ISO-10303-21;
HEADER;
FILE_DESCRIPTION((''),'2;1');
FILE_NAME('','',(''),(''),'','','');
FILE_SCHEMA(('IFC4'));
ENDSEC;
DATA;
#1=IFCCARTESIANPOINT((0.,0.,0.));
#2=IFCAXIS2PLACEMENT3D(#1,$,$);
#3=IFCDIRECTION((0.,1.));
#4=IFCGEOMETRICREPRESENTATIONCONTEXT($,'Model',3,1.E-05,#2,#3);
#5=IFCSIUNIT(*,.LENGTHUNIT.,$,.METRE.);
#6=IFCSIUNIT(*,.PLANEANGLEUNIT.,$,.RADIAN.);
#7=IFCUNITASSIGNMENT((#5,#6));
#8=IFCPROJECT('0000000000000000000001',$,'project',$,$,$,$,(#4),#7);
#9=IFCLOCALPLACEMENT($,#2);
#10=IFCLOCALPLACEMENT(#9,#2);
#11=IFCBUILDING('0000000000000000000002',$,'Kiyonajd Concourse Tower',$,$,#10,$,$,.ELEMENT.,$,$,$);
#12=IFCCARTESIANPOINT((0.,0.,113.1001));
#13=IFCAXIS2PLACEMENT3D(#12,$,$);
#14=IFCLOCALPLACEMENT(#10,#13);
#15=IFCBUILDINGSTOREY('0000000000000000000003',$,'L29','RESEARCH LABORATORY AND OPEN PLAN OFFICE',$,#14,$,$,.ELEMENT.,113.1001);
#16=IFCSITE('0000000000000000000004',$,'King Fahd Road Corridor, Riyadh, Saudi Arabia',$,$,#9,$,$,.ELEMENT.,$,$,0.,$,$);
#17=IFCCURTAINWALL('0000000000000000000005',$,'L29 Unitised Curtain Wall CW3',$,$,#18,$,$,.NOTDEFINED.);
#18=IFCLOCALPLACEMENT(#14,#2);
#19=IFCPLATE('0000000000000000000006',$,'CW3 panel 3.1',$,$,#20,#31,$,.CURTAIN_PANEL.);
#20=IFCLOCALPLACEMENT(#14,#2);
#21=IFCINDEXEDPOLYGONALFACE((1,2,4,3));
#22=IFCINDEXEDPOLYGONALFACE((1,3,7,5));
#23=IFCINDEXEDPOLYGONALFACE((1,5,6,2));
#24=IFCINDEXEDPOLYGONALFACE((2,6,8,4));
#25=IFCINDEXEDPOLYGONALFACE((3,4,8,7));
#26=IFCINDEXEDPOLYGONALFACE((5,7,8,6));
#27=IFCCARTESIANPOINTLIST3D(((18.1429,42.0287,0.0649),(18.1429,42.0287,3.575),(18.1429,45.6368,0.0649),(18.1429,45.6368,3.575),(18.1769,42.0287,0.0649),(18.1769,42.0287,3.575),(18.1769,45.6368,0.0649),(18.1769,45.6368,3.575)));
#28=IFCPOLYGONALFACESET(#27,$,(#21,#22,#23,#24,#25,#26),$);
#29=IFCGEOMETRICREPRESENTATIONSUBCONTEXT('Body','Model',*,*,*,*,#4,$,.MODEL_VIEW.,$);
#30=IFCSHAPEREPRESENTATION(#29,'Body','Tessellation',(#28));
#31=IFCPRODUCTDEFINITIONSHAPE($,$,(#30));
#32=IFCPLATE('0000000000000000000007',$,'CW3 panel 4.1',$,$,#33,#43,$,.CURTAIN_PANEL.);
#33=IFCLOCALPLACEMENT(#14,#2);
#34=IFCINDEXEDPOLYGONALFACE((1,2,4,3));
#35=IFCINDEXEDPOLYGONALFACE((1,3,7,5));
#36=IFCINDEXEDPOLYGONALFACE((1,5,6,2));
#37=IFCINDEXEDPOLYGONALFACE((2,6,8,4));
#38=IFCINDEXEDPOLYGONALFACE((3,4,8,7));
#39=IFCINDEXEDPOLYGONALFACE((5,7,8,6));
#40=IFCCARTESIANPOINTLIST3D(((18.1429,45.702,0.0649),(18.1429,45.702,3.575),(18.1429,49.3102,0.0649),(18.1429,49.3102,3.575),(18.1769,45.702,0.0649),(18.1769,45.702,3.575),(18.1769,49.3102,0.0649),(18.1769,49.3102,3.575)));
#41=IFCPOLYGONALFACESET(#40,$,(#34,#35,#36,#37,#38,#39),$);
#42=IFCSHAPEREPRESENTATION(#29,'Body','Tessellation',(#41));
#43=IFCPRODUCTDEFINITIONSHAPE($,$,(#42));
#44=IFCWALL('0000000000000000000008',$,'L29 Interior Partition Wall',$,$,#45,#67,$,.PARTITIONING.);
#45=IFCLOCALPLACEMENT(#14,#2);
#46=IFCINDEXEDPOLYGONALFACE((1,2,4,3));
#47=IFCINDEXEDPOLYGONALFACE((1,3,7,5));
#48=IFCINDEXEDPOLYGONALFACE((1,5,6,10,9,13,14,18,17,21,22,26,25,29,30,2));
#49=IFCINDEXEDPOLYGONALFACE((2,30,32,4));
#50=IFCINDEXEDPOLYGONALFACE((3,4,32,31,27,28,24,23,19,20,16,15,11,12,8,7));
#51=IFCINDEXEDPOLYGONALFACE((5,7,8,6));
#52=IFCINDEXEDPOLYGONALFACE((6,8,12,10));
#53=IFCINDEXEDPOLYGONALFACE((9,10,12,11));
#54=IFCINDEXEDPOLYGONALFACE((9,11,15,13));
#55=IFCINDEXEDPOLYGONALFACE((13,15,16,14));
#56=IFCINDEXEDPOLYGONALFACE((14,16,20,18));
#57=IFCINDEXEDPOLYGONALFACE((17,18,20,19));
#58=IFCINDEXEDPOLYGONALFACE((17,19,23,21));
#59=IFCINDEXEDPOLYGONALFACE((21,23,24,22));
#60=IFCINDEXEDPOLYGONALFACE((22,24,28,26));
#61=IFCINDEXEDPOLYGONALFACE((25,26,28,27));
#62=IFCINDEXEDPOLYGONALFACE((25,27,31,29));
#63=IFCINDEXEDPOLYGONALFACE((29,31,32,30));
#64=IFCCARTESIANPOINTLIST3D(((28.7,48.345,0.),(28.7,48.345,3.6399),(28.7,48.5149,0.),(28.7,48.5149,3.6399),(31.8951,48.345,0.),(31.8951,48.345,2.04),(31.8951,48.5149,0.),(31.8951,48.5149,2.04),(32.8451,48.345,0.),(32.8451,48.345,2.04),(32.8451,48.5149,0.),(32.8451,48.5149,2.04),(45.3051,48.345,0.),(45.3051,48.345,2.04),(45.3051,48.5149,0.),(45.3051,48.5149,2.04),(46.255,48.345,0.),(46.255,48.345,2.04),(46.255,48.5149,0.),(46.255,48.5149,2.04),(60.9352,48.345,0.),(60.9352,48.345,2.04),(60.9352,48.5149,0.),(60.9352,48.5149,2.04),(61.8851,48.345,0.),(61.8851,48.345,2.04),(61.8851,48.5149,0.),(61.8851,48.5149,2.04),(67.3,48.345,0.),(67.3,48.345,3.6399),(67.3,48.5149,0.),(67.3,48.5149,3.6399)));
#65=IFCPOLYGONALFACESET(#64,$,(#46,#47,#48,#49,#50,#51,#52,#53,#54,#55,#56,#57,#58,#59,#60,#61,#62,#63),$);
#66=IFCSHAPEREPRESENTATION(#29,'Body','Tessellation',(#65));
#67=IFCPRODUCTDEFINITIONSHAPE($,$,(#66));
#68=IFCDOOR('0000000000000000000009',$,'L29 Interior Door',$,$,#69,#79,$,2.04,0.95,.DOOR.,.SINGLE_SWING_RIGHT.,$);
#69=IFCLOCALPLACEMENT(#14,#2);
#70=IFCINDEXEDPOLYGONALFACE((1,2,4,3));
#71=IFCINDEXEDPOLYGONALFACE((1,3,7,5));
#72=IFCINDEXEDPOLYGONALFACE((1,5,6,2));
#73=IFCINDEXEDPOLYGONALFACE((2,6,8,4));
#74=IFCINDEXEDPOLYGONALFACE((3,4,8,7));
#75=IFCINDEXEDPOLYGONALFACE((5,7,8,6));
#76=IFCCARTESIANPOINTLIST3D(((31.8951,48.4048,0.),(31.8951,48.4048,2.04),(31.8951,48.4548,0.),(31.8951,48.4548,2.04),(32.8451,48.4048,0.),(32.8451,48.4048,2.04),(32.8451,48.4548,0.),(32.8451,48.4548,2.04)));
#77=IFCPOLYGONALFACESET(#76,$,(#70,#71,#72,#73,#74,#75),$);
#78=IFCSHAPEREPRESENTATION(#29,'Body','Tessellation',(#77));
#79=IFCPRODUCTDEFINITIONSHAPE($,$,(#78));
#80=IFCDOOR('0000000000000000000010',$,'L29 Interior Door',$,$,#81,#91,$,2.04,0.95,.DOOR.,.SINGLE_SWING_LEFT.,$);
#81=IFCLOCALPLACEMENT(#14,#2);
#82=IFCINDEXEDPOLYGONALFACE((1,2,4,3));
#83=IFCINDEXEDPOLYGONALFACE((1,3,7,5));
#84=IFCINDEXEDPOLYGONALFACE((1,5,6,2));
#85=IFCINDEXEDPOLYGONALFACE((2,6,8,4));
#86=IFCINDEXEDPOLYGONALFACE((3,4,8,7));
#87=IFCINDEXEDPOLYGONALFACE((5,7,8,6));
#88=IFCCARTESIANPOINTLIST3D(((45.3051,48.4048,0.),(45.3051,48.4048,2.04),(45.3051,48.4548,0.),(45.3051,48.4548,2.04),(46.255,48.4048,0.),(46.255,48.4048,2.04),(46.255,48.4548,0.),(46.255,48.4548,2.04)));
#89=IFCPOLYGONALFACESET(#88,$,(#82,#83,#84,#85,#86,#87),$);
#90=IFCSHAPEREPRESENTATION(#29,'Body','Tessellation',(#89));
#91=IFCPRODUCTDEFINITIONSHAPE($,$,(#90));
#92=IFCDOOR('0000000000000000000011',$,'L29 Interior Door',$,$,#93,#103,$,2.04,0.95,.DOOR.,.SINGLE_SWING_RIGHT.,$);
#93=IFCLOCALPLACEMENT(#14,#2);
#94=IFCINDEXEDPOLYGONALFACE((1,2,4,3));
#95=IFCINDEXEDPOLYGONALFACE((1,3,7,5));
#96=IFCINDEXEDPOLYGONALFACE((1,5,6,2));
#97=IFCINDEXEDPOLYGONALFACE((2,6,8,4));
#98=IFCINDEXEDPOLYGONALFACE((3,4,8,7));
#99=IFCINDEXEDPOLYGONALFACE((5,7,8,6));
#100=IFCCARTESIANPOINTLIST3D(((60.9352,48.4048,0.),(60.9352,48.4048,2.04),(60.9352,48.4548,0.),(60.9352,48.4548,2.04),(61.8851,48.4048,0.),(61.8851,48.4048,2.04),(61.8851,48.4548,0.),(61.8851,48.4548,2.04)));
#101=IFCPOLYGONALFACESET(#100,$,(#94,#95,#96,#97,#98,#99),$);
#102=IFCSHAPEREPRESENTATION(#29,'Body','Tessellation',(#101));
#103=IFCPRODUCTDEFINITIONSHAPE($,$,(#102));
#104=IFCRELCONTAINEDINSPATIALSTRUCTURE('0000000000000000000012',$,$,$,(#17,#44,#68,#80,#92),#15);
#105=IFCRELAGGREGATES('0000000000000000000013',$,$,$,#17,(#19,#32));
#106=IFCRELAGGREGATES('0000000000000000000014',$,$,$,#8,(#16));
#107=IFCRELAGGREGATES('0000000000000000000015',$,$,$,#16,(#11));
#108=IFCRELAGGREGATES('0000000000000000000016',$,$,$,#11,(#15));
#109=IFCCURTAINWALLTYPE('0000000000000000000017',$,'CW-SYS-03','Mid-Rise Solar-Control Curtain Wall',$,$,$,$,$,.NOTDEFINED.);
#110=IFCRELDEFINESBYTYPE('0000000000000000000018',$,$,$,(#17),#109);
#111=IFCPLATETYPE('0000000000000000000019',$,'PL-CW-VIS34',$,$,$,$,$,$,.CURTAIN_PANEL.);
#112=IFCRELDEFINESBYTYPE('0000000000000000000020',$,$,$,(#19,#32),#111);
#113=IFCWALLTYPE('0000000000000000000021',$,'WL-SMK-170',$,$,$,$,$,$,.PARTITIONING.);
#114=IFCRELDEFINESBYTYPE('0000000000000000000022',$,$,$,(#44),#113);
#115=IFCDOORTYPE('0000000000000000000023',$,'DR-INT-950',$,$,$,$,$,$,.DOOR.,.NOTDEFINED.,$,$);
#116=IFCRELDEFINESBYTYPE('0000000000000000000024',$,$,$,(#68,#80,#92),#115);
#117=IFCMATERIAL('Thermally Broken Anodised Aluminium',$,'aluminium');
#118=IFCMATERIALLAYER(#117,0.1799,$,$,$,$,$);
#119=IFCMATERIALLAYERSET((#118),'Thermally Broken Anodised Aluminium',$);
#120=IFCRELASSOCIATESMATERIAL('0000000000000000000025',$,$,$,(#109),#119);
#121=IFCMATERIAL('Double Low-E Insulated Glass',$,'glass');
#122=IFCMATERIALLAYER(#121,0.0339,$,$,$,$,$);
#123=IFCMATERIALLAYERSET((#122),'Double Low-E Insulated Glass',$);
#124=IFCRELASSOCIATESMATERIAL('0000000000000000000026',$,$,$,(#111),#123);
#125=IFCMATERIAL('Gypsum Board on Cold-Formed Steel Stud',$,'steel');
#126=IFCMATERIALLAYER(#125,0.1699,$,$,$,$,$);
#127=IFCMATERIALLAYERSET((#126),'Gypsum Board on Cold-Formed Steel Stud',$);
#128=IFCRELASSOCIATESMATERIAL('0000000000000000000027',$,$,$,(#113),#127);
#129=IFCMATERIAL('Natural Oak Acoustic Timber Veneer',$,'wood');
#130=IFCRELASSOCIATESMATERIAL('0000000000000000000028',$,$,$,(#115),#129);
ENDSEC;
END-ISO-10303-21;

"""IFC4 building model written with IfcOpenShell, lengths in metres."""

from ifc_helpers import new_model, si_unit, direction, frame, frame_2d, origin, origin_2d, place, context, subcontext, project, spatial, rectangle, extrude, material, layer, layer_set, type_object, element, fill, aggregate, save


model = new_model("IFC4")

# Units and contexts
model_context = context("Model", 3, precision=1e-05, world=origin(), true_north=direction((0.0, 1.0)))
body_context = subcontext(model_context, "Body", "Model", "MODEL_VIEW")
ifc_project = project(units=[si_unit("LENGTHUNIT", "METRE"), si_unit("PLANEANGLEUNIT", "RADIAN")], contexts=[model_context])

# Site, building, storey
site_placement = place(None, origin())
site = spatial("IfcSite", under=ifc_project, at=site_placement, Name="King Fahd Road Corridor, Riyadh, Saudi Arabia", CompositionType="ELEMENT", RefElevation=0.0)
building_placement = place(site_placement, origin())
building = spatial("IfcBuilding", under=site, at=building_placement, Name="Kiyonajd Concourse Tower", CompositionType="ELEMENT")
storey_placement = place(building_placement, frame((0.0, 0.0, 113.1001)))
storey = spatial("IfcBuildingStorey", under=building, at=storey_placement, Name="L29", Description="RESEARCH LABORATORY AND OPEN PLAN OFFICE", CompositionType="ELEMENT", Elevation=113.1001)

# Curtain wall, plates
ifc_material_1 = material(Name="Thermally Broken Anodised Aluminium", Category="aluminium")
ifc_layer_1 = layer(ifc_material_1, 0.1799)
ifc_layer_set_1 = layer_set([ifc_layer_1], Name="Thermally Broken Anodised Aluminium")
curtain_wall_type = type_object("IfcCurtainWallType", Name="CW-SYS-03", Description="Mid-Rise Solar-Control Curtain Wall", PredefinedType="NOTDEFINED", material=ifc_layer_set_1)
curtain_wall_placement = place(storey_placement, origin())
curtain_wall = element("IfcCurtainWall", 1, at=curtain_wall_placement, inside=storey, type_object=curtain_wall_type, Name="L29 Unitised Curtain Wall CW3", PredefinedType="NOTDEFINED")
ifc_material_2 = material(Name="Double Low-E Insulated Glass", Category="glass")
ifc_layer_2 = layer(ifc_material_2, 0.0339)
ifc_layer_set_2 = layer_set([ifc_layer_2], Name="Double Low-E Insulated Glass")
plate_type = type_object("IfcPlateType", Name="PL-CW-VIS34", PredefinedType="CURTAIN_PANEL", material=ifc_layer_set_2)
plate_1_placement = place(storey_placement, frame((18.1599, 43.8328, 0.0649), z_axis=(0.0, 0.0, 1.0), x_axis=(0.0, 1.0, 0.0)))
plate_1 = element("IfcPlate", 2, at=plate_1_placement, type_object=plate_type, Name="CW3 panel 3.1", PredefinedType="CURTAIN_PANEL", context=body_context, shape_type="SweptSolid", body=[
    extrude(rectangle(XDim=3.6082, YDim=0.0339, at=origin_2d()), origin(), (0.0, 0.0, 1.0), 3.51),
])
plate_2_placement = place(storey_placement, frame((18.1599, 47.5061, 0.0649), z_axis=(0.0, 0.0, 1.0), x_axis=(0.0, 1.0, 0.0)))
plate_2 = element("IfcPlate", 3, at=plate_2_placement, type_object=plate_type, Name="CW3 panel 4.1", PredefinedType="CURTAIN_PANEL", context=body_context, shape_type="SweptSolid", body=[
    extrude(rectangle(XDim=3.6082, YDim=0.0339, at=origin_2d()), origin(), (0.0, 0.0, 1.0), 3.51),
])
aggregate(curtain_wall, [plate_1, plate_2])

# Wall, openings, doors
ifc_material_3 = material(Name="Gypsum Board on Cold-Formed Steel Stud", Category="steel")
ifc_layer_3 = layer(ifc_material_3, 0.1699)
ifc_layer_set_3 = layer_set([ifc_layer_3], Name="Gypsum Board on Cold-Formed Steel Stud")
wall_type = type_object("IfcWallType", Name="WL-SMK-170", PredefinedType="PARTITIONING", material=ifc_layer_set_3)
wall_placement = place(storey_placement, frame((28.7, 48.4299, 0.0), z_axis=(0.0, 0.0, 1.0), x_axis=(1.0, 0.0, 0.0)))
wall = element("IfcWall", 4, at=wall_placement, inside=storey, type_object=wall_type, Name="L29 Interior Partition Wall", PredefinedType="PARTITIONING", context=body_context, shape_type="SweptSolid", body=[
    extrude(rectangle(XDim=38.6001, YDim=0.1699, at=frame_2d((19.3, 0.0))), origin(), (0.0, 0.0, 1.0), 3.6399),
])
opening_1_placement = place(wall_placement, frame((3.1951, 0.0, 0.0)))
opening_1 = element("IfcOpeningElement", 5, at=opening_1_placement, cuts=wall, PredefinedType="OPENING", context=body_context, shape_type="SweptSolid", body=[
    extrude(rectangle(XDim=0.95, YDim=2.04, at=frame_2d((0.4751, 1.02))), frame((0.0, 0.095, 0.0), z_axis=(0.0, -1.0, 0.0), x_axis=(1.0, 0.0, 0.0)), (0.0, 0.0, 1.0), 0.1899),
])
opening_2_placement = place(wall_placement, frame((16.605, 0.0, 0.0)))
opening_2 = element("IfcOpeningElement", 6, at=opening_2_placement, cuts=wall, PredefinedType="OPENING", context=body_context, shape_type="SweptSolid", body=[
    extrude(rectangle(XDim=0.95, YDim=2.04, at=frame_2d((0.4751, 1.02))), frame((0.0, 0.095, 0.0), z_axis=(0.0, -1.0, 0.0), x_axis=(1.0, 0.0, 0.0)), (0.0, 0.0, 1.0), 0.1899),
])
opening_3_placement = place(wall_placement, frame((32.2351, 0.0, 0.0)))
opening_3 = element("IfcOpeningElement", 7, at=opening_3_placement, cuts=wall, PredefinedType="OPENING", context=body_context, shape_type="SweptSolid", body=[
    extrude(rectangle(XDim=0.95, YDim=2.04, at=frame_2d((0.4751, 1.02))), frame((0.0, 0.095, 0.0), z_axis=(0.0, -1.0, 0.0), x_axis=(1.0, 0.0, 0.0)), (0.0, 0.0, 1.0), 0.1899),
])
ifc_material_4 = material(Name="Natural Oak Acoustic Timber Veneer", Category="wood")
door_type = type_object("IfcDoorType", Name="DR-INT-950", OperationType="NOTDEFINED", PredefinedType="DOOR", material=ifc_material_4)
door_1_placement = place(opening_1_placement, origin())
door_1 = element("IfcDoor", 8, at=door_1_placement, inside=storey, type_object=door_type, Name="L29 Interior Door", OperationType="SINGLE_SWING_RIGHT", OverallHeight=2.04, OverallWidth=0.95, PredefinedType="DOOR", context=body_context, shape_type="SweptSolid", body=[
    extrude(rectangle(XDim=0.95, YDim=2.04, at=frame_2d((0.4751, 1.02))), frame((0.0, 0.0249, 0.0), z_axis=(0.0, -1.0, 0.0), x_axis=(1.0, 0.0, 0.0)), (0.0, 0.0, 1.0), 0.05),
])
fill(opening_1, door_1)
door_2_placement = place(opening_2_placement, origin())
door_2 = element("IfcDoor", 9, at=door_2_placement, inside=storey, type_object=door_type, Name="L29 Interior Door", OperationType="SINGLE_SWING_LEFT", OverallHeight=2.04, OverallWidth=0.95, PredefinedType="DOOR", context=body_context, shape_type="SweptSolid", body=[
    extrude(rectangle(XDim=0.95, YDim=2.04, at=frame_2d((0.4751, 1.02))), frame((0.0, 0.0249, 0.0), z_axis=(0.0, -1.0, 0.0), x_axis=(1.0, 0.0, 0.0)), (0.0, 0.0, 1.0), 0.05),
])
fill(opening_2, door_2)
door_3_placement = place(opening_3_placement, origin())
door_3 = element("IfcDoor", 10, at=door_3_placement, inside=storey, type_object=door_type, Name="L29 Interior Door", OperationType="SINGLE_SWING_RIGHT", OverallHeight=2.04, OverallWidth=0.95, PredefinedType="DOOR", context=body_context, shape_type="SweptSolid", body=[
    extrude(rectangle(XDim=0.95, YDim=2.04, at=frame_2d((0.4751, 1.02))), frame((0.0, 0.0249, 0.0), z_axis=(0.0, -1.0, 0.0), x_axis=(1.0, 0.0, 0.0)), (0.0, 0.0, 1.0), 0.05),
])
fill(opening_3, door_3)

save(model, "model.ifc")
